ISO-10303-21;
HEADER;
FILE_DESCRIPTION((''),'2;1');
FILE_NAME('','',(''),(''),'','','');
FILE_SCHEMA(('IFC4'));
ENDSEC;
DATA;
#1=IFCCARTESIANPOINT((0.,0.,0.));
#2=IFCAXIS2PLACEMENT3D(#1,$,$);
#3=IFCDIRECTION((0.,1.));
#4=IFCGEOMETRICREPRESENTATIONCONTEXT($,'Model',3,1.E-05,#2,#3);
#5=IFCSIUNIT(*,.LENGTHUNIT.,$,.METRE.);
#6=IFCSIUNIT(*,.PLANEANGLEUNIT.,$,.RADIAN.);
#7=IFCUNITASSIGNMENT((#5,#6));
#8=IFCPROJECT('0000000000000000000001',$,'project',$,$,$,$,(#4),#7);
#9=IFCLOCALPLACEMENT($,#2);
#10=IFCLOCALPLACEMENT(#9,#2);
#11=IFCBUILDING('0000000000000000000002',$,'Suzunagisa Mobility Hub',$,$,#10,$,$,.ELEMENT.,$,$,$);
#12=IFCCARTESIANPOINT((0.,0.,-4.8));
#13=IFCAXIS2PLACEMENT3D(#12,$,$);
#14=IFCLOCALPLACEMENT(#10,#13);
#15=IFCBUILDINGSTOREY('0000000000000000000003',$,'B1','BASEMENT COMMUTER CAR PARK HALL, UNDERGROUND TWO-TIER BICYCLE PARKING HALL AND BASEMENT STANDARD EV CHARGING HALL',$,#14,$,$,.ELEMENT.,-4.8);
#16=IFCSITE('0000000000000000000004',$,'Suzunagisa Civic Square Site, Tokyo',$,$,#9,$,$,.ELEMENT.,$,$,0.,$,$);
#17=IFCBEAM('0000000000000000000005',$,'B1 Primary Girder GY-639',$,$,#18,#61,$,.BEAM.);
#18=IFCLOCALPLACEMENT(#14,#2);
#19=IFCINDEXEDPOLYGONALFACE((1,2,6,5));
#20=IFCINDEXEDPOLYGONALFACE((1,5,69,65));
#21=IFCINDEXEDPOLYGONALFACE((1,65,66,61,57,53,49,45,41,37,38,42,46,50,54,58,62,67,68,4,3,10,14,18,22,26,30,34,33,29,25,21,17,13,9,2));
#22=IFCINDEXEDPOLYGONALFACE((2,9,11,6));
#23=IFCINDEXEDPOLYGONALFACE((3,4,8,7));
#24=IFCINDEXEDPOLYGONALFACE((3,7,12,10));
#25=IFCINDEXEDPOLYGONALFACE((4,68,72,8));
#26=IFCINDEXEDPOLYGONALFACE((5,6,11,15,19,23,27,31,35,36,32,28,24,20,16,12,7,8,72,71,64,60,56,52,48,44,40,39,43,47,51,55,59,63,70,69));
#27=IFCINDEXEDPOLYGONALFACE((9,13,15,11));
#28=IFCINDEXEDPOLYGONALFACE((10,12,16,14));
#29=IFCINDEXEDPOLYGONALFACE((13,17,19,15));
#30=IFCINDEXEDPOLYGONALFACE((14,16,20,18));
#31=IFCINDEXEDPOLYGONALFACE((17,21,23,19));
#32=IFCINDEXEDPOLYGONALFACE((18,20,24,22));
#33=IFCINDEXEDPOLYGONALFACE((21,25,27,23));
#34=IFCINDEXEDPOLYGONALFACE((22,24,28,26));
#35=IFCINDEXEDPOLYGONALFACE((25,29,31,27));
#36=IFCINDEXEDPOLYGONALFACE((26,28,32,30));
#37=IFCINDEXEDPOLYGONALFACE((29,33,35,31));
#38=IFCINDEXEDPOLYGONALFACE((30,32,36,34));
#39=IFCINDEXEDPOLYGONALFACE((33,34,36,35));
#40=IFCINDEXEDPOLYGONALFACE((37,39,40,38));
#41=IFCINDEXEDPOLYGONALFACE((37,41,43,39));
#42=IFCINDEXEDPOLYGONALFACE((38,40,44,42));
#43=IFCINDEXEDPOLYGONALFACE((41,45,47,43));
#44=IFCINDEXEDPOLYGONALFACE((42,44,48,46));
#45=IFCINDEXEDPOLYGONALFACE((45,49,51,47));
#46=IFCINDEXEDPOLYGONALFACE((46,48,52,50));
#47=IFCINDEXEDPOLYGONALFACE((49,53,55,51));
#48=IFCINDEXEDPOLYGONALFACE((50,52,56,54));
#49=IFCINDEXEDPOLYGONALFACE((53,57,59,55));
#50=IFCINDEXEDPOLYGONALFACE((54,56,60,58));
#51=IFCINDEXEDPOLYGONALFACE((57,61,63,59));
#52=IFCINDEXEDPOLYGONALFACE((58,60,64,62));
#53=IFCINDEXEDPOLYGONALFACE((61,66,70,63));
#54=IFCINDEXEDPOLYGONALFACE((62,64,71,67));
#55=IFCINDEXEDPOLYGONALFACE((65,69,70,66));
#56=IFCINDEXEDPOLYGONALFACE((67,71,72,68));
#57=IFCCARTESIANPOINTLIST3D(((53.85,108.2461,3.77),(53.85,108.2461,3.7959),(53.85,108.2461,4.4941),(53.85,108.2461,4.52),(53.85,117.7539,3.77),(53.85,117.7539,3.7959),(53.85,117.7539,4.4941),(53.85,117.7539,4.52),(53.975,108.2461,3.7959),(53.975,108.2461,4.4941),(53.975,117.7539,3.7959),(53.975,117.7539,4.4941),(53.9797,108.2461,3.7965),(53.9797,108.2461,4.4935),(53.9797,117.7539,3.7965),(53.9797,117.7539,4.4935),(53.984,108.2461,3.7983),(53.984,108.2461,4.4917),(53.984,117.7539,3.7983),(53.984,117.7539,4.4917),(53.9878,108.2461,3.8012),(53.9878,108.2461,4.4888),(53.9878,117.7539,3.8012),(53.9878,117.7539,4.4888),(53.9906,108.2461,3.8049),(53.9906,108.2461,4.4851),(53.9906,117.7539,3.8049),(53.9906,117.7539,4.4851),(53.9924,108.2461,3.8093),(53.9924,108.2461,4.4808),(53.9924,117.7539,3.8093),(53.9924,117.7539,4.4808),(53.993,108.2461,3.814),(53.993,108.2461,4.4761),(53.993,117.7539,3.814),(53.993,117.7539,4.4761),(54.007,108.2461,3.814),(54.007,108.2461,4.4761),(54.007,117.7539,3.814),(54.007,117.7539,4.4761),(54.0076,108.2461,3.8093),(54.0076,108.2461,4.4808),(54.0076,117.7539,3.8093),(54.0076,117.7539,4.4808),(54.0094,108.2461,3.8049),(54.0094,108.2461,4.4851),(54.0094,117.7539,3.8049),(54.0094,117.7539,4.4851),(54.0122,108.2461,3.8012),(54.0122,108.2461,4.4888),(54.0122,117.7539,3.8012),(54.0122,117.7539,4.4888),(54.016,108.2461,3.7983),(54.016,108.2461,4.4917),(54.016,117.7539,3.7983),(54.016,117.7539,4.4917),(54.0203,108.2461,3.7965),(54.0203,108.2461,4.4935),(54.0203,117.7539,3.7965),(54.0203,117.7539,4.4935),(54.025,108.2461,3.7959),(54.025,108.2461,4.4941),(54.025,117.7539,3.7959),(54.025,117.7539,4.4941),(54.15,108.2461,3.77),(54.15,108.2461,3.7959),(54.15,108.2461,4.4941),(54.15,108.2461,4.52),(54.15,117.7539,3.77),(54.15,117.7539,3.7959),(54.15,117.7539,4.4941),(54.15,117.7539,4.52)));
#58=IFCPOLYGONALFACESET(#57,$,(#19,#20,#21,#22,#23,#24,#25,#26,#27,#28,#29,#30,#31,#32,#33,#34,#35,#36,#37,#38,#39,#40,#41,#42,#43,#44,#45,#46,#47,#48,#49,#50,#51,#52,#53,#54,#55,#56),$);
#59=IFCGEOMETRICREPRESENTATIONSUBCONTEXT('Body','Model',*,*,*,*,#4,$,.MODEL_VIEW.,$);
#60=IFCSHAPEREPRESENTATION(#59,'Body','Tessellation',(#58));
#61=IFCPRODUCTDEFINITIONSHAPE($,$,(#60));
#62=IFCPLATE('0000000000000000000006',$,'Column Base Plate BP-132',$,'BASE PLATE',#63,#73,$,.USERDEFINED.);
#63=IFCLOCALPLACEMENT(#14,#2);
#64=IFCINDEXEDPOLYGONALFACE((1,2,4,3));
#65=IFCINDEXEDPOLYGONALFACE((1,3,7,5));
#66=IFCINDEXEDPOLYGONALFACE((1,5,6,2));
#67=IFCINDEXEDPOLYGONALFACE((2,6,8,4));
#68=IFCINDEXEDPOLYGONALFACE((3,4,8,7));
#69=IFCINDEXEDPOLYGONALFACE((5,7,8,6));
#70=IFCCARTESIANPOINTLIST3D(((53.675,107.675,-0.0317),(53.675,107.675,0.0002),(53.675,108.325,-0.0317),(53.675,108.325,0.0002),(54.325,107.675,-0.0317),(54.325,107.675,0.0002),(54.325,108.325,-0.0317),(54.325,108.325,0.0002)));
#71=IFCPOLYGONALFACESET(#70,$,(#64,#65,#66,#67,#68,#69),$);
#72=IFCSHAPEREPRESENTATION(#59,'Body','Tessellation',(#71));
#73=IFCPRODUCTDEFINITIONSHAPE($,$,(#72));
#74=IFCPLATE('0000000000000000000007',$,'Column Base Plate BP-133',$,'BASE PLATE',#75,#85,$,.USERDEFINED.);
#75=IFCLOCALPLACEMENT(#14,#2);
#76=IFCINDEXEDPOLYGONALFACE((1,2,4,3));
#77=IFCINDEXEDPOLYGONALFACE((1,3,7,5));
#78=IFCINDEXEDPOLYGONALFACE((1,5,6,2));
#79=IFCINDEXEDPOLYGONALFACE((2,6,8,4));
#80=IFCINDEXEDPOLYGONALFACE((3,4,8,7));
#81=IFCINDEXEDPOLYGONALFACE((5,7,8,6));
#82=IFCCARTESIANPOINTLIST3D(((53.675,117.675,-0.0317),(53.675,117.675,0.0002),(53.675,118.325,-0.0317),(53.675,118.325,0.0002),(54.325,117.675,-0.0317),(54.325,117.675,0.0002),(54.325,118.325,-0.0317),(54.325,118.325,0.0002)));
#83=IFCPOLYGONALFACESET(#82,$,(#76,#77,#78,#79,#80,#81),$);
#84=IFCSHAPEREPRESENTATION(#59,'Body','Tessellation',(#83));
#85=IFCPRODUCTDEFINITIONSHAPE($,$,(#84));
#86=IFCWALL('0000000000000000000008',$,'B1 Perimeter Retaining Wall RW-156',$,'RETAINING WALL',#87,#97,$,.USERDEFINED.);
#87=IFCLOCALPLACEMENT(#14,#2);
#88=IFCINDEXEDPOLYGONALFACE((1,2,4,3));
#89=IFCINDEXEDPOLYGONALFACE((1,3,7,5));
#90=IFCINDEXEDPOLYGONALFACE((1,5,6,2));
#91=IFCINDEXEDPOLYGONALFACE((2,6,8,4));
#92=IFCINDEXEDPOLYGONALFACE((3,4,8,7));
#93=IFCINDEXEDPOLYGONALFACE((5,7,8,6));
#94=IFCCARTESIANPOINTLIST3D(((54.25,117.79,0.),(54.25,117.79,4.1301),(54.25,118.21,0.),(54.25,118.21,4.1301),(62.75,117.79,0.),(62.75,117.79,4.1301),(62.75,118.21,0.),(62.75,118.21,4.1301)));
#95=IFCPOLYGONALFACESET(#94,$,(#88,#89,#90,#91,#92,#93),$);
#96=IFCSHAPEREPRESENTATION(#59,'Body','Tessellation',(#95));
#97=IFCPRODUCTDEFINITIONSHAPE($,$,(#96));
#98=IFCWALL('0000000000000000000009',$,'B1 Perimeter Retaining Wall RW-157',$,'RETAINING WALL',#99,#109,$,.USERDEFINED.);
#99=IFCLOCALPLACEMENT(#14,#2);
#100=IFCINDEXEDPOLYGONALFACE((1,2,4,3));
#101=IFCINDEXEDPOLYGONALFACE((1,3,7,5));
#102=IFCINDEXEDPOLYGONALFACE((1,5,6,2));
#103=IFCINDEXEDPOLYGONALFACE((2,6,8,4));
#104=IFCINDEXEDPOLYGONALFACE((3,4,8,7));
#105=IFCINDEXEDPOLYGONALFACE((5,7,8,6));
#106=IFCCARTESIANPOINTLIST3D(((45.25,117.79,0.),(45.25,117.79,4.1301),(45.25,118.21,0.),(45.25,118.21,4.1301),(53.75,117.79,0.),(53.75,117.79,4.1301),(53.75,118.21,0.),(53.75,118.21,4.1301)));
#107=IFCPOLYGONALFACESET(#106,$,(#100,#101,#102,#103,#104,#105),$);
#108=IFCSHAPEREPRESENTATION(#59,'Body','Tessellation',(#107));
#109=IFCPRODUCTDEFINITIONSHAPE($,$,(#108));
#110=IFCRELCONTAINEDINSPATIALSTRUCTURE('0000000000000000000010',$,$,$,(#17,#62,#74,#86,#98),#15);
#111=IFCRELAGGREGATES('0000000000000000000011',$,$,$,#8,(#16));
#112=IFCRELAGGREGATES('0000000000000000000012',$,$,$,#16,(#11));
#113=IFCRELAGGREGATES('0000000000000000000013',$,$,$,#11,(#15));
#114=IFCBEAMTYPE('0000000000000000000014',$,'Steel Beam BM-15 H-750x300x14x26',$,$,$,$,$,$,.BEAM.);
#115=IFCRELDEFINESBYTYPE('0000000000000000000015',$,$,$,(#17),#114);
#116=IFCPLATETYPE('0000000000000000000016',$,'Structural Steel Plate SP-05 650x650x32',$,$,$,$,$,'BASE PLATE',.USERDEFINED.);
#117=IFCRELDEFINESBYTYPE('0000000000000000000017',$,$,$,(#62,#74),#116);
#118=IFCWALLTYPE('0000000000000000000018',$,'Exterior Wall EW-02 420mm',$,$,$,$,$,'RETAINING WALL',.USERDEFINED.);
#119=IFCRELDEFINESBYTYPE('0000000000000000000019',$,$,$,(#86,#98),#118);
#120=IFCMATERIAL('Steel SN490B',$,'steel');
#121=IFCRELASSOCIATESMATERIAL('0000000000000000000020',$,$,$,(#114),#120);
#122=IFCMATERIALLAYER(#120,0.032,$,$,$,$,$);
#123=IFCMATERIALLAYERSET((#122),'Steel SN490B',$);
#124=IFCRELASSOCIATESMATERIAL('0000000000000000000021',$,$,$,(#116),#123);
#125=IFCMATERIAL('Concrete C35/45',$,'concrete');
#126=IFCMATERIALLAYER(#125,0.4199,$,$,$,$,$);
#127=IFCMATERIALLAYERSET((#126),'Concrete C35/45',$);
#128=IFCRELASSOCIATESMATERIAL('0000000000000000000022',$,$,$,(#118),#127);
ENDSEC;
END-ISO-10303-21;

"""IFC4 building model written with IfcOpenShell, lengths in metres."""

from ifc_helpers import new_model, si_unit, direction, frame, frame_2d, origin, origin_2d, place, context, subcontext, project, spatial, rectangle, i_section, extrude, material, layer, layer_set, material_profile, profile_set, type_object, element, save


model = new_model("IFC4")

# Units and contexts
model_context = context("Model", 3, precision=1e-05, world=origin(), true_north=direction((0.0, 1.0)))
body_context = subcontext(model_context, "Body", "Model", "MODEL_VIEW")
ifc_project = project(units=[si_unit("LENGTHUNIT", "METRE"), si_unit("PLANEANGLEUNIT", "RADIAN")], contexts=[model_context])

# Site, building, storey
site_placement = place(None, origin())
site = spatial("IfcSite", under=ifc_project, at=site_placement, Name="Suzunagisa Civic Square Site, Tokyo", CompositionType="ELEMENT", RefElevation=0.0)
building_placement = place(site_placement, origin())
building = spatial("IfcBuilding", under=site, at=building_placement, Name="Suzunagisa Mobility Hub", CompositionType="ELEMENT")
storey_placement = place(building_placement, frame((0.0, 0.0, -4.8)))
storey = spatial("IfcBuildingStorey", under=building, at=storey_placement, Name="B1", Description="BASEMENT COMMUTER CAR PARK HALL, UNDERGROUND TWO-TIER BICYCLE PARKING HALL AND BASEMENT STANDARD EV CHARGING HALL", CompositionType="ELEMENT", Elevation=-4.8)

# Shared definitions
ifc_material_1 = material(Name="Concrete C35/45", Category="concrete")

# Shared definitions
ifc_material_2 = material(Name="Steel SN490B", Category="steel")

# Beam
ifc_material_profile_1 = material_profile(ifc_material_2, i_section(OverallWidth=0.3, OverallDepth=0.75, WebThickness=0.0139, FlangeThickness=0.0259, FilletRadius=0.0181, at=origin_2d()), Name="H-750x300x14x26")
ifc_profile_set_1 = profile_set([ifc_material_profile_1], Name="Steel SN490B")
beam_type_1 = type_object("IfcBeamType", Name="Steel Beam BM-15 H-750x300x14x26", PredefinedType="BEAM", material=ifc_profile_set_1)
beam_1_placement = place(storey_placement, frame((54.0, 108.2461, 4.145), z_axis=(0.0, 1.0, 0.0), x_axis=(-1.0, 0.0, 0.0)))
element("IfcBeam", 1, at=beam_1_placement, inside=storey, type_object=beam_type_1, Name="B1 Primary Girder GY-639", PredefinedType="BEAM", context=body_context, shape_type="SweptSolid", body=[
    extrude(i_section(OverallWidth=0.3, OverallDepth=0.75, WebThickness=0.0139, FlangeThickness=0.0259, FilletRadius=0.0181, at=origin_2d()), origin(), (0.0, 0.0, 1.0), 9.5078),
])

# Plates
ifc_layer_1 = layer(ifc_material_2, 0.032)
ifc_layer_set_1 = layer_set([ifc_layer_1], Name="Steel SN490B")
plate_type = type_object("IfcPlateType", Name="Structural Steel Plate SP-05 650x650x32", ElementType="BASE PLATE", PredefinedType="USERDEFINED", material=ifc_layer_set_1)
for number, where, z_axis, x_axis, name in (
    (2, (54.0, 108.0, -0.0317), (0.0, 0.0, 1.0), (1.0, 0.0, 0.0), "Column Base Plate BP-132"),
    (3, (54.0, 118.0, -0.0317), (0.0, 0.0, 1.0), (1.0, 0.0, 0.0), "Column Base Plate BP-133"),
):
    element("IfcPlate", number, at=place(storey_placement, frame(where, z_axis=z_axis, x_axis=x_axis)), inside=storey, type_object=plate_type, Name=name, ObjectType="BASE PLATE", PredefinedType="USERDEFINED", context=body_context, shape_type="SweptSolid", body=[
        extrude(rectangle(XDim=0.6499, YDim=0.6499, at=origin_2d()), origin(), (0.0, 0.0, 1.0), 0.032),
    ])

# Walls
ifc_layer_2 = layer(ifc_material_1, 0.4199)
ifc_layer_set_2 = layer_set([ifc_layer_2], Name="Concrete C35/45")
wall_type = type_object("IfcWallType", Name="Exterior Wall EW-02 420mm", ElementType="RETAINING WALL", PredefinedType="USERDEFINED", material=ifc_layer_set_2)
for number, where, z_axis, x_axis, name in (
    (4, (62.75, 118.0, 0.0), (0.0, 0.0, 1.0), (-1.0, 0.0, 0.0), "B1 Perimeter Retaining Wall RW-156"),
    (5, (53.75, 118.0, 0.0), (0.0, 0.0, 1.0), (-1.0, 0.0, 0.0), "B1 Perimeter Retaining Wall RW-157"),
):
    element("IfcWall", number, at=place(storey_placement, frame(where, z_axis=z_axis, x_axis=x_axis)), inside=storey, type_object=wall_type, Name=name, ObjectType="RETAINING WALL", PredefinedType="USERDEFINED", context=body_context, shape_type="SweptSolid", body=[
        extrude(rectangle(XDim=8.5, YDim=0.4199, at=frame_2d((4.25, 0.0))), origin(), (0.0, 0.0, 1.0), 4.1301),
    ])

save(model, "model.ifc")
